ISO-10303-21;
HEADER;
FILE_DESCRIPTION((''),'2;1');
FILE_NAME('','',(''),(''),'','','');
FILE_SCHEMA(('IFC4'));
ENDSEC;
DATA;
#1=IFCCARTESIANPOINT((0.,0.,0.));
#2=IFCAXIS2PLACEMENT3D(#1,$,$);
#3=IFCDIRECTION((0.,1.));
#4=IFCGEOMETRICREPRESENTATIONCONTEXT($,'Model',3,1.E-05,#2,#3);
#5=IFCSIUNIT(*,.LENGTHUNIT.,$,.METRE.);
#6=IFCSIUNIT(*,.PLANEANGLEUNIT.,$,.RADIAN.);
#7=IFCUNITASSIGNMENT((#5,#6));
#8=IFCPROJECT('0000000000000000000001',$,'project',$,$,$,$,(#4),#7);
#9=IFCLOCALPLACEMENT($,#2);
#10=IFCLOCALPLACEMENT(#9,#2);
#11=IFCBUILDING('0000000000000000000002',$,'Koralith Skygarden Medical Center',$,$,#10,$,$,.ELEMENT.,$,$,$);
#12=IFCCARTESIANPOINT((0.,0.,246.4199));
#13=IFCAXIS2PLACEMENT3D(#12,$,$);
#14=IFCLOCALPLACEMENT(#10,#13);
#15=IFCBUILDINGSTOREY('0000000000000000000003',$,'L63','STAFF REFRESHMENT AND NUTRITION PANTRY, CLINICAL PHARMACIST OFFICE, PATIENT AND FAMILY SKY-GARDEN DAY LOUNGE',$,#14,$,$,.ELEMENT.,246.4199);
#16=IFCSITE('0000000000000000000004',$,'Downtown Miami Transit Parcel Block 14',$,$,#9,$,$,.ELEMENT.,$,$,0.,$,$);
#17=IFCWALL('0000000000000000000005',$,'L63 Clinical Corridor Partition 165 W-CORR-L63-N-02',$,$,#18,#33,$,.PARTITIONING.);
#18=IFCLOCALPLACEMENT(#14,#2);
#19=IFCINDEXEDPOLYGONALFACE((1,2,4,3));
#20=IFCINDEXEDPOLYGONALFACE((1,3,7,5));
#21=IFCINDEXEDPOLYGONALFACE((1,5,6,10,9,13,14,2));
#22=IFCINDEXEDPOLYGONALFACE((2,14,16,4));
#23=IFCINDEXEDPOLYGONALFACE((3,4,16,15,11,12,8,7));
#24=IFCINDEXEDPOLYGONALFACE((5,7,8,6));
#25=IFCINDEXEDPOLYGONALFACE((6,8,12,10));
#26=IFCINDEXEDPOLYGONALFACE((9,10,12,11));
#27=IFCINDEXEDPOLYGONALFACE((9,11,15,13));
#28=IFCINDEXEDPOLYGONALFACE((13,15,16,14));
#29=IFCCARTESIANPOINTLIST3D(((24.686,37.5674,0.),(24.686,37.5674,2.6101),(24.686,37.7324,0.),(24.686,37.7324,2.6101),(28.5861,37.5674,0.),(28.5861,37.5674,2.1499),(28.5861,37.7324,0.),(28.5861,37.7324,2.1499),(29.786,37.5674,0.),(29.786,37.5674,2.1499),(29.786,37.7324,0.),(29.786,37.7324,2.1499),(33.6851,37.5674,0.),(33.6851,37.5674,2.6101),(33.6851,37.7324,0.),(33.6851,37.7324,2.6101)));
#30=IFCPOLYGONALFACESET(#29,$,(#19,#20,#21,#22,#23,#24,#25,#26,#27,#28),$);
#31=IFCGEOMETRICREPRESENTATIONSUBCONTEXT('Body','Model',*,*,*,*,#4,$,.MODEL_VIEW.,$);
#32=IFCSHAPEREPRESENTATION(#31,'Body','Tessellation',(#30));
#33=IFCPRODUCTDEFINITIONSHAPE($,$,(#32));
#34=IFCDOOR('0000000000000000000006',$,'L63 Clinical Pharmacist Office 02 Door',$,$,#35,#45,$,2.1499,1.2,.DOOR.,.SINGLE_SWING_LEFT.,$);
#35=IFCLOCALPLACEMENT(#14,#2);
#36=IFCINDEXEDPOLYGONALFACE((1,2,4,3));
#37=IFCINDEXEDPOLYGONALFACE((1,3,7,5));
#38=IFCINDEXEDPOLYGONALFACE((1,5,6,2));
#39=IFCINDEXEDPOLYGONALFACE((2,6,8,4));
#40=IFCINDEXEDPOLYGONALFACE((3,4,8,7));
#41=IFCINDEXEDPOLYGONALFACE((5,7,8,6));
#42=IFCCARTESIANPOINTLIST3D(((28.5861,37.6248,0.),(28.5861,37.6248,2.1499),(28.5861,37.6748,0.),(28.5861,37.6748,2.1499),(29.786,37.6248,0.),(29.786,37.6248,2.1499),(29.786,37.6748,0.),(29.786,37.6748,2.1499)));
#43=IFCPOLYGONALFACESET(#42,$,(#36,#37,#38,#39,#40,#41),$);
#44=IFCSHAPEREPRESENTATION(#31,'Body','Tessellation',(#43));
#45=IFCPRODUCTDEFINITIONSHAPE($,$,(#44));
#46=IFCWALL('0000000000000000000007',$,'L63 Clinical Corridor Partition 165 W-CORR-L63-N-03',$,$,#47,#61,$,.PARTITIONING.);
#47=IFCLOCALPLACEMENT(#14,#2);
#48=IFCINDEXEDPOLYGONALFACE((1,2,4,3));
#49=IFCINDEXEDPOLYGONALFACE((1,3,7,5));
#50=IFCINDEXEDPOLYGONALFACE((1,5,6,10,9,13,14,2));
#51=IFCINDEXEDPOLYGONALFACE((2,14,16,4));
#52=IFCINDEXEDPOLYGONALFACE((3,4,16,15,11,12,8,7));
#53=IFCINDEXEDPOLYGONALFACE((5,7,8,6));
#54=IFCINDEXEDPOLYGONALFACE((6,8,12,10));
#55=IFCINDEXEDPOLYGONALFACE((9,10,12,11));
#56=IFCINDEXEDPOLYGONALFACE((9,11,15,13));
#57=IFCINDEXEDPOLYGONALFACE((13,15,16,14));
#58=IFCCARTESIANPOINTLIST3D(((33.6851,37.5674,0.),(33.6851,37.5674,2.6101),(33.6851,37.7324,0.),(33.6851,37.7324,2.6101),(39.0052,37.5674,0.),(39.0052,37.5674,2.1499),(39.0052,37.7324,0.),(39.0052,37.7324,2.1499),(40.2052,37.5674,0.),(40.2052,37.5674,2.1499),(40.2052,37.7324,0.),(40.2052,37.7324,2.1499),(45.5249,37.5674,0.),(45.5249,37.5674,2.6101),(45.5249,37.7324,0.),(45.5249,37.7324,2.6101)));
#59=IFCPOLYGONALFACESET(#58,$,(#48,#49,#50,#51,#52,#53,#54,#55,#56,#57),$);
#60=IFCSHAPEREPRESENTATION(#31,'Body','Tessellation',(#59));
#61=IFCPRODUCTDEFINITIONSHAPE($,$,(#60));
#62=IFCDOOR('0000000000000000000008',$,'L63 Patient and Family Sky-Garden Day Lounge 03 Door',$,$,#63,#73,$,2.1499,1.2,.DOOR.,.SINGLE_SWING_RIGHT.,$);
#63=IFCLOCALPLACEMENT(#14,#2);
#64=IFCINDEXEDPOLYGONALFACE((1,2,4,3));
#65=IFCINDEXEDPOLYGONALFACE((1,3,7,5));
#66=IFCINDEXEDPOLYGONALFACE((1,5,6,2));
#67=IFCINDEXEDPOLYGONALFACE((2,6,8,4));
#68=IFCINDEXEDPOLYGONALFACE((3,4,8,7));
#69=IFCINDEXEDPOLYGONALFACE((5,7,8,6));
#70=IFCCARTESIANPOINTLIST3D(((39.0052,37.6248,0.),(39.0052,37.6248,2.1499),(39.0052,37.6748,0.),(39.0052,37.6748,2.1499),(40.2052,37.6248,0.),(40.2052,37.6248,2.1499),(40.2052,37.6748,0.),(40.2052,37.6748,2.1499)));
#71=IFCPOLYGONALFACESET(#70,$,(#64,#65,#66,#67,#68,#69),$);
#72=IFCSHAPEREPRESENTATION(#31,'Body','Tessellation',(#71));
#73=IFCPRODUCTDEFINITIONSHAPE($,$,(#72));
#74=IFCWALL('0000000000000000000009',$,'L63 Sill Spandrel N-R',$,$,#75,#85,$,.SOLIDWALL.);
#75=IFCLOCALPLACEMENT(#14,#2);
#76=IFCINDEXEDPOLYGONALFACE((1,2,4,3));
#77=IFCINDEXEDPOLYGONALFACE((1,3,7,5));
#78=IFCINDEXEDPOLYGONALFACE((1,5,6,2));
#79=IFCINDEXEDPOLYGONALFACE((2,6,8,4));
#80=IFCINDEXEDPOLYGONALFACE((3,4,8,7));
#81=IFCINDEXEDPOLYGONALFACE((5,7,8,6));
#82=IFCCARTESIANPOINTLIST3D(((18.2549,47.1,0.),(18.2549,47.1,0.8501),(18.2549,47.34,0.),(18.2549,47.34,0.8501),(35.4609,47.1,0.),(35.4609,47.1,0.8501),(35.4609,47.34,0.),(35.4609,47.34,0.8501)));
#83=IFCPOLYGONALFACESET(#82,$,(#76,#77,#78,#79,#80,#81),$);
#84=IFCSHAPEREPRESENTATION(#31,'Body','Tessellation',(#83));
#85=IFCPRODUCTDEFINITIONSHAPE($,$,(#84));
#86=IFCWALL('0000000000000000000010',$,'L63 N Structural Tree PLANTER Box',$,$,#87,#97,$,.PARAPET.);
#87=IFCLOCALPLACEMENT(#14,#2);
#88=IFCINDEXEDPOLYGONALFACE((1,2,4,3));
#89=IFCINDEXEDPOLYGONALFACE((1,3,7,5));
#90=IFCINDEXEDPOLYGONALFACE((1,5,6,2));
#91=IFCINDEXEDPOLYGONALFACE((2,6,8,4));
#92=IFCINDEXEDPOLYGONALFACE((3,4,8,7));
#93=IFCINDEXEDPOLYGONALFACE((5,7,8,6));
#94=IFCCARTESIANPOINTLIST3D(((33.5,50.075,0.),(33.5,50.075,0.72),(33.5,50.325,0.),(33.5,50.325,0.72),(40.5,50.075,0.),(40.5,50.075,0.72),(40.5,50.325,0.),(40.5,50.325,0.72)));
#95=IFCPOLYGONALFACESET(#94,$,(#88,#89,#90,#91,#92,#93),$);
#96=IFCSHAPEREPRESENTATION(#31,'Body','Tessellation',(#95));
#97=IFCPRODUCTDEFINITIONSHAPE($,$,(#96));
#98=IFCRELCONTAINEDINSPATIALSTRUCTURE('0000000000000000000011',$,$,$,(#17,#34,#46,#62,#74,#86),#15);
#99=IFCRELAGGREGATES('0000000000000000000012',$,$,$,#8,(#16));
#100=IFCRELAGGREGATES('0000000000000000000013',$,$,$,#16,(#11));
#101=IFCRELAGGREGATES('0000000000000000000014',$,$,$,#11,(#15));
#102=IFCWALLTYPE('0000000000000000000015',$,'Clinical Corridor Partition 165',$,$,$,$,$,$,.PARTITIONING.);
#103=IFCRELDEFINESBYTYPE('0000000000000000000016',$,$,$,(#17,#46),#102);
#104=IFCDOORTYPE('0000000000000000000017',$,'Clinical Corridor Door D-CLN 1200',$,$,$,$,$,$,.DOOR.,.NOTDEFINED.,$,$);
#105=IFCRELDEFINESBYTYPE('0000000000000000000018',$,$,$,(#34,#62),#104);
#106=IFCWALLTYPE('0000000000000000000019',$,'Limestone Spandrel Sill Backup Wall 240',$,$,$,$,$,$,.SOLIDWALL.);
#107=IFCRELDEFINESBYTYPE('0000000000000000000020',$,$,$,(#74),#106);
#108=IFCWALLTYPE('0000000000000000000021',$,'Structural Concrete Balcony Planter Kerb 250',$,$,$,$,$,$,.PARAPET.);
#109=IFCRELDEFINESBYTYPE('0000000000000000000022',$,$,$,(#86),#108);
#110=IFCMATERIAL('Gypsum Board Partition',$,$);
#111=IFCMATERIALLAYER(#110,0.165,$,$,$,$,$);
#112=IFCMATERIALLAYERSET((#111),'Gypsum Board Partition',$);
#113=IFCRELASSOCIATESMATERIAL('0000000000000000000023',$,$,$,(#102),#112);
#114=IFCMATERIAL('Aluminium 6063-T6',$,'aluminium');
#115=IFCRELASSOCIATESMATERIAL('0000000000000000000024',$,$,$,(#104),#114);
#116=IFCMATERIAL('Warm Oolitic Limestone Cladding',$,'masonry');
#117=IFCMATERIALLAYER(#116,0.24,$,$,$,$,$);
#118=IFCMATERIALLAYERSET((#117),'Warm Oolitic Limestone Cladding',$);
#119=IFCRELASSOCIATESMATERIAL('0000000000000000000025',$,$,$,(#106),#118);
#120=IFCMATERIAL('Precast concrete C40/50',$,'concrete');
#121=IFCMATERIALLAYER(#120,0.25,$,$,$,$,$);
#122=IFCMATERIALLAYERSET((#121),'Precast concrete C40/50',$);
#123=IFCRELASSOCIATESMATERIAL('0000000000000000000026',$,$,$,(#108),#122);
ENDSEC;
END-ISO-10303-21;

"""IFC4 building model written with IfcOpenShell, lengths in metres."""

from ifc_helpers import new_model, si_unit, direction, frame, frame_2d, origin, place, context, subcontext, project, spatial, rectangle, extrude, material, layer, layer_set, type_object, element, fill, save


model = new_model("IFC4")

# Units and contexts
model_context = context("Model", 3, precision=1e-05, world=origin(), true_north=direction((0.0, 1.0)))
body_context = subcontext(model_context, "Body", "Model", "MODEL_VIEW")
ifc_project = project(units=[si_unit("LENGTHUNIT", "METRE"), si_unit("PLANEANGLEUNIT", "RADIAN")], contexts=[model_context])

# Site, building, storey
site_placement = place(None, origin())
site = spatial("IfcSite", under=ifc_project, at=site_placement, Name="Downtown Miami Transit Parcel Block 14", CompositionType="ELEMENT", RefElevation=0.0)
building_placement = place(site_placement, origin())
building = spatial("IfcBuilding", under=site, at=building_placement, Name="Koralith Skygarden Medical Center", CompositionType="ELEMENT")
storey_placement = place(building_placement, frame((0.0, 0.0, 246.4199)))
storey = spatial("IfcBuildingStorey", under=building, at=storey_placement, Name="L63", Description="STAFF REFRESHMENT AND NUTRITION PANTRY, CLINICAL PHARMACIST OFFICE, PATIENT AND FAMILY SKY-GARDEN DAY LOUNGE", CompositionType="ELEMENT", Elevation=246.4199)

# Shared definitions
ifc_material_1 = material(Name="Aluminium 6063-T6", Category="aluminium")

# Shared definitions
ifc_material_2 = material(Name="Gypsum Board Partition")

# Walls, openings, doors
ifc_layer_1 = layer(ifc_material_2, 0.165)
ifc_layer_set_1 = layer_set([ifc_layer_1], Name="Gypsum Board Partition")
wall_type_1 = type_object("IfcWallType", Name="Clinical Corridor Partition 165", PredefinedType="PARTITIONING", material=ifc_layer_set_1)
door_type = type_object("IfcDoorType", Name="Clinical Corridor Door D-CLN 1200", OperationType="NOTDEFINED", PredefinedType="DOOR", material=ifc_material_1)
wall_1_placement = place(storey_placement, frame((24.686, 37.6499, 0.0), z_axis=(0.0, 0.0, 1.0), x_axis=(1.0, 0.0, 0.0)))
wall_1 = element("IfcWall", 1, at=wall_1_placement, inside=storey, type_object=wall_type_1, Name="L63 Clinical Corridor Partition 165 W-CORR-L63-N-02", PredefinedType="PARTITIONING", context=body_context, shape_type="SweptSolid", body=[
    extrude(rectangle(XDim=8.999, YDim=0.165, at=frame_2d((4.4995, 0.0))), origin(), (0.0, 0.0, 1.0), 2.6101),
])
opening_1_placement = place(wall_1_placement, frame((3.8999, 0.0, 0.0)))
opening_1 = element("IfcOpeningElement", 2, at=opening_1_placement, cuts=wall_1, PredefinedType="OPENING", context=body_context, shape_type="SweptSolid", body=[
    extrude(rectangle(XDim=1.2, YDim=2.1499, at=frame_2d((0.6001, 1.075))), frame((0.0, 0.0925, 0.0), z_axis=(0.0, -1.0, 0.0), x_axis=(1.0, 0.0, 0.0)), (0.0, 0.0, 1.0), 0.1851),
])
door_1_placement = place(opening_1_placement, origin())
door_1 = element("IfcDoor", 3, at=door_1_placement, inside=storey, type_object=door_type, Name="L63 Clinical Pharmacist Office 02 Door", OperationType="SINGLE_SWING_LEFT", OverallHeight=2.1499, OverallWidth=1.2, PredefinedType="DOOR", context=body_context, shape_type="SweptSolid", body=[
    extrude(rectangle(XDim=1.2, YDim=2.1499, at=frame_2d((0.6001, 1.075))), frame((0.0, 0.0249, 0.0), z_axis=(0.0, -1.0, 0.0), x_axis=(1.0, 0.0, 0.0)), (0.0, 0.0, 1.0), 0.05),
])
fill(opening_1, door_1)
wall_2_placement = place(storey_placement, frame((33.6851, 37.6499, 0.0), z_axis=(0.0, 0.0, 1.0), x_axis=(1.0, 0.0, 0.0)))
wall_2 = element("IfcWall", 4, at=wall_2_placement, inside=storey, type_object=wall_type_1, Name="L63 Clinical Corridor Partition 165 W-CORR-L63-N-03", PredefinedType="PARTITIONING", context=body_context, shape_type="SweptSolid", body=[
    extrude(rectangle(XDim=11.8398, YDim=0.165, at=frame_2d((5.9199, 0.0))), origin(), (0.0, 0.0, 1.0), 2.6101),
])
opening_2_placement = place(wall_2_placement, frame((5.3201, 0.0, 0.0)))
opening_2 = element("IfcOpeningElement", 5, at=opening_2_placement, cuts=wall_2, PredefinedType="OPENING", context=body_context, shape_type="SweptSolid", body=[
    extrude(rectangle(XDim=1.2, YDim=2.1499, at=frame_2d((0.6001, 1.075))), frame((0.0, 0.0925, 0.0), z_axis=(0.0, -1.0, 0.0), x_axis=(1.0, 0.0, 0.0)), (0.0, 0.0, 1.0), 0.1851),
])
door_2_placement = place(opening_2_placement, origin())
door_2 = element("IfcDoor", 6, at=door_2_placement, inside=storey, type_object=door_type, Name="L63 Patient and Family Sky-Garden Day Lounge 03 Door", OperationType="SINGLE_SWING_RIGHT", OverallHeight=2.1499, OverallWidth=1.2, PredefinedType="DOOR", context=body_context, shape_type="SweptSolid", body=[
    extrude(rectangle(XDim=1.2, YDim=2.1499, at=frame_2d((0.6001, 1.075))), frame((0.0, 0.0249, 0.0), z_axis=(0.0, -1.0, 0.0), x_axis=(1.0, 0.0, 0.0)), (0.0, 0.0, 1.0), 0.05),
])
fill(opening_2, door_2)

# Walls
ifc_material_3 = material(Name="Warm Oolitic Limestone Cladding", Category="masonry")
ifc_layer_2 = layer(ifc_material_3, 0.24)
ifc_layer_set_2 = layer_set([ifc_layer_2], Name="Warm Oolitic Limestone Cladding")
wall_type_2 = type_object("IfcWallType", Name="Limestone Spandrel Sill Backup Wall 240", PredefinedType="SOLIDWALL", material=ifc_layer_set_2)
wall_3_placement = place(storey_placement, frame((35.4609, 47.22, 0.0), z_axis=(0.0, 0.0, 1.0), x_axis=(-1.0, 0.0, 0.0)))
element("IfcWall", 7, at=wall_3_placement, inside=storey, type_object=wall_type_2, Name="L63 Sill Spandrel N-R", PredefinedType="SOLIDWALL", context=body_context, shape_type="SweptSolid", body=[
    extrude(rectangle(XDim=17.2061, YDim=0.24, at=frame_2d((8.603, 0.0))), origin(), (0.0, 0.0, 1.0), 0.8501),
])
ifc_material_4 = material(Name="Precast concrete C40/50", Category="concrete")
ifc_layer_3 = layer(ifc_material_4, 0.25)
ifc_layer_set_3 = layer_set([ifc_layer_3], Name="Precast concrete C40/50")
wall_type_3 = type_object("IfcWallType", Name="Structural Concrete Balcony Planter Kerb 250", PredefinedType="PARAPET", material=ifc_layer_set_3)
wall_4_placement = place(storey_placement, frame((33.5, 50.2, 0.0), z_axis=(0.0, 0.0, 1.0), x_axis=(1.0, 0.0, 0.0)))
element("IfcWall", 8, at=wall_4_placement, inside=storey, type_object=wall_type_3, Name="L63 N Structural Tree PLANTER Box", PredefinedType="PARAPET", context=body_context, shape_type="SweptSolid", body=[
    extrude(rectangle(XDim=7.0, YDim=0.25, at=frame_2d((3.5, 0.0))), origin(), (0.0, 0.0, 1.0), 0.72),
])

save(model, "model.ifc")
